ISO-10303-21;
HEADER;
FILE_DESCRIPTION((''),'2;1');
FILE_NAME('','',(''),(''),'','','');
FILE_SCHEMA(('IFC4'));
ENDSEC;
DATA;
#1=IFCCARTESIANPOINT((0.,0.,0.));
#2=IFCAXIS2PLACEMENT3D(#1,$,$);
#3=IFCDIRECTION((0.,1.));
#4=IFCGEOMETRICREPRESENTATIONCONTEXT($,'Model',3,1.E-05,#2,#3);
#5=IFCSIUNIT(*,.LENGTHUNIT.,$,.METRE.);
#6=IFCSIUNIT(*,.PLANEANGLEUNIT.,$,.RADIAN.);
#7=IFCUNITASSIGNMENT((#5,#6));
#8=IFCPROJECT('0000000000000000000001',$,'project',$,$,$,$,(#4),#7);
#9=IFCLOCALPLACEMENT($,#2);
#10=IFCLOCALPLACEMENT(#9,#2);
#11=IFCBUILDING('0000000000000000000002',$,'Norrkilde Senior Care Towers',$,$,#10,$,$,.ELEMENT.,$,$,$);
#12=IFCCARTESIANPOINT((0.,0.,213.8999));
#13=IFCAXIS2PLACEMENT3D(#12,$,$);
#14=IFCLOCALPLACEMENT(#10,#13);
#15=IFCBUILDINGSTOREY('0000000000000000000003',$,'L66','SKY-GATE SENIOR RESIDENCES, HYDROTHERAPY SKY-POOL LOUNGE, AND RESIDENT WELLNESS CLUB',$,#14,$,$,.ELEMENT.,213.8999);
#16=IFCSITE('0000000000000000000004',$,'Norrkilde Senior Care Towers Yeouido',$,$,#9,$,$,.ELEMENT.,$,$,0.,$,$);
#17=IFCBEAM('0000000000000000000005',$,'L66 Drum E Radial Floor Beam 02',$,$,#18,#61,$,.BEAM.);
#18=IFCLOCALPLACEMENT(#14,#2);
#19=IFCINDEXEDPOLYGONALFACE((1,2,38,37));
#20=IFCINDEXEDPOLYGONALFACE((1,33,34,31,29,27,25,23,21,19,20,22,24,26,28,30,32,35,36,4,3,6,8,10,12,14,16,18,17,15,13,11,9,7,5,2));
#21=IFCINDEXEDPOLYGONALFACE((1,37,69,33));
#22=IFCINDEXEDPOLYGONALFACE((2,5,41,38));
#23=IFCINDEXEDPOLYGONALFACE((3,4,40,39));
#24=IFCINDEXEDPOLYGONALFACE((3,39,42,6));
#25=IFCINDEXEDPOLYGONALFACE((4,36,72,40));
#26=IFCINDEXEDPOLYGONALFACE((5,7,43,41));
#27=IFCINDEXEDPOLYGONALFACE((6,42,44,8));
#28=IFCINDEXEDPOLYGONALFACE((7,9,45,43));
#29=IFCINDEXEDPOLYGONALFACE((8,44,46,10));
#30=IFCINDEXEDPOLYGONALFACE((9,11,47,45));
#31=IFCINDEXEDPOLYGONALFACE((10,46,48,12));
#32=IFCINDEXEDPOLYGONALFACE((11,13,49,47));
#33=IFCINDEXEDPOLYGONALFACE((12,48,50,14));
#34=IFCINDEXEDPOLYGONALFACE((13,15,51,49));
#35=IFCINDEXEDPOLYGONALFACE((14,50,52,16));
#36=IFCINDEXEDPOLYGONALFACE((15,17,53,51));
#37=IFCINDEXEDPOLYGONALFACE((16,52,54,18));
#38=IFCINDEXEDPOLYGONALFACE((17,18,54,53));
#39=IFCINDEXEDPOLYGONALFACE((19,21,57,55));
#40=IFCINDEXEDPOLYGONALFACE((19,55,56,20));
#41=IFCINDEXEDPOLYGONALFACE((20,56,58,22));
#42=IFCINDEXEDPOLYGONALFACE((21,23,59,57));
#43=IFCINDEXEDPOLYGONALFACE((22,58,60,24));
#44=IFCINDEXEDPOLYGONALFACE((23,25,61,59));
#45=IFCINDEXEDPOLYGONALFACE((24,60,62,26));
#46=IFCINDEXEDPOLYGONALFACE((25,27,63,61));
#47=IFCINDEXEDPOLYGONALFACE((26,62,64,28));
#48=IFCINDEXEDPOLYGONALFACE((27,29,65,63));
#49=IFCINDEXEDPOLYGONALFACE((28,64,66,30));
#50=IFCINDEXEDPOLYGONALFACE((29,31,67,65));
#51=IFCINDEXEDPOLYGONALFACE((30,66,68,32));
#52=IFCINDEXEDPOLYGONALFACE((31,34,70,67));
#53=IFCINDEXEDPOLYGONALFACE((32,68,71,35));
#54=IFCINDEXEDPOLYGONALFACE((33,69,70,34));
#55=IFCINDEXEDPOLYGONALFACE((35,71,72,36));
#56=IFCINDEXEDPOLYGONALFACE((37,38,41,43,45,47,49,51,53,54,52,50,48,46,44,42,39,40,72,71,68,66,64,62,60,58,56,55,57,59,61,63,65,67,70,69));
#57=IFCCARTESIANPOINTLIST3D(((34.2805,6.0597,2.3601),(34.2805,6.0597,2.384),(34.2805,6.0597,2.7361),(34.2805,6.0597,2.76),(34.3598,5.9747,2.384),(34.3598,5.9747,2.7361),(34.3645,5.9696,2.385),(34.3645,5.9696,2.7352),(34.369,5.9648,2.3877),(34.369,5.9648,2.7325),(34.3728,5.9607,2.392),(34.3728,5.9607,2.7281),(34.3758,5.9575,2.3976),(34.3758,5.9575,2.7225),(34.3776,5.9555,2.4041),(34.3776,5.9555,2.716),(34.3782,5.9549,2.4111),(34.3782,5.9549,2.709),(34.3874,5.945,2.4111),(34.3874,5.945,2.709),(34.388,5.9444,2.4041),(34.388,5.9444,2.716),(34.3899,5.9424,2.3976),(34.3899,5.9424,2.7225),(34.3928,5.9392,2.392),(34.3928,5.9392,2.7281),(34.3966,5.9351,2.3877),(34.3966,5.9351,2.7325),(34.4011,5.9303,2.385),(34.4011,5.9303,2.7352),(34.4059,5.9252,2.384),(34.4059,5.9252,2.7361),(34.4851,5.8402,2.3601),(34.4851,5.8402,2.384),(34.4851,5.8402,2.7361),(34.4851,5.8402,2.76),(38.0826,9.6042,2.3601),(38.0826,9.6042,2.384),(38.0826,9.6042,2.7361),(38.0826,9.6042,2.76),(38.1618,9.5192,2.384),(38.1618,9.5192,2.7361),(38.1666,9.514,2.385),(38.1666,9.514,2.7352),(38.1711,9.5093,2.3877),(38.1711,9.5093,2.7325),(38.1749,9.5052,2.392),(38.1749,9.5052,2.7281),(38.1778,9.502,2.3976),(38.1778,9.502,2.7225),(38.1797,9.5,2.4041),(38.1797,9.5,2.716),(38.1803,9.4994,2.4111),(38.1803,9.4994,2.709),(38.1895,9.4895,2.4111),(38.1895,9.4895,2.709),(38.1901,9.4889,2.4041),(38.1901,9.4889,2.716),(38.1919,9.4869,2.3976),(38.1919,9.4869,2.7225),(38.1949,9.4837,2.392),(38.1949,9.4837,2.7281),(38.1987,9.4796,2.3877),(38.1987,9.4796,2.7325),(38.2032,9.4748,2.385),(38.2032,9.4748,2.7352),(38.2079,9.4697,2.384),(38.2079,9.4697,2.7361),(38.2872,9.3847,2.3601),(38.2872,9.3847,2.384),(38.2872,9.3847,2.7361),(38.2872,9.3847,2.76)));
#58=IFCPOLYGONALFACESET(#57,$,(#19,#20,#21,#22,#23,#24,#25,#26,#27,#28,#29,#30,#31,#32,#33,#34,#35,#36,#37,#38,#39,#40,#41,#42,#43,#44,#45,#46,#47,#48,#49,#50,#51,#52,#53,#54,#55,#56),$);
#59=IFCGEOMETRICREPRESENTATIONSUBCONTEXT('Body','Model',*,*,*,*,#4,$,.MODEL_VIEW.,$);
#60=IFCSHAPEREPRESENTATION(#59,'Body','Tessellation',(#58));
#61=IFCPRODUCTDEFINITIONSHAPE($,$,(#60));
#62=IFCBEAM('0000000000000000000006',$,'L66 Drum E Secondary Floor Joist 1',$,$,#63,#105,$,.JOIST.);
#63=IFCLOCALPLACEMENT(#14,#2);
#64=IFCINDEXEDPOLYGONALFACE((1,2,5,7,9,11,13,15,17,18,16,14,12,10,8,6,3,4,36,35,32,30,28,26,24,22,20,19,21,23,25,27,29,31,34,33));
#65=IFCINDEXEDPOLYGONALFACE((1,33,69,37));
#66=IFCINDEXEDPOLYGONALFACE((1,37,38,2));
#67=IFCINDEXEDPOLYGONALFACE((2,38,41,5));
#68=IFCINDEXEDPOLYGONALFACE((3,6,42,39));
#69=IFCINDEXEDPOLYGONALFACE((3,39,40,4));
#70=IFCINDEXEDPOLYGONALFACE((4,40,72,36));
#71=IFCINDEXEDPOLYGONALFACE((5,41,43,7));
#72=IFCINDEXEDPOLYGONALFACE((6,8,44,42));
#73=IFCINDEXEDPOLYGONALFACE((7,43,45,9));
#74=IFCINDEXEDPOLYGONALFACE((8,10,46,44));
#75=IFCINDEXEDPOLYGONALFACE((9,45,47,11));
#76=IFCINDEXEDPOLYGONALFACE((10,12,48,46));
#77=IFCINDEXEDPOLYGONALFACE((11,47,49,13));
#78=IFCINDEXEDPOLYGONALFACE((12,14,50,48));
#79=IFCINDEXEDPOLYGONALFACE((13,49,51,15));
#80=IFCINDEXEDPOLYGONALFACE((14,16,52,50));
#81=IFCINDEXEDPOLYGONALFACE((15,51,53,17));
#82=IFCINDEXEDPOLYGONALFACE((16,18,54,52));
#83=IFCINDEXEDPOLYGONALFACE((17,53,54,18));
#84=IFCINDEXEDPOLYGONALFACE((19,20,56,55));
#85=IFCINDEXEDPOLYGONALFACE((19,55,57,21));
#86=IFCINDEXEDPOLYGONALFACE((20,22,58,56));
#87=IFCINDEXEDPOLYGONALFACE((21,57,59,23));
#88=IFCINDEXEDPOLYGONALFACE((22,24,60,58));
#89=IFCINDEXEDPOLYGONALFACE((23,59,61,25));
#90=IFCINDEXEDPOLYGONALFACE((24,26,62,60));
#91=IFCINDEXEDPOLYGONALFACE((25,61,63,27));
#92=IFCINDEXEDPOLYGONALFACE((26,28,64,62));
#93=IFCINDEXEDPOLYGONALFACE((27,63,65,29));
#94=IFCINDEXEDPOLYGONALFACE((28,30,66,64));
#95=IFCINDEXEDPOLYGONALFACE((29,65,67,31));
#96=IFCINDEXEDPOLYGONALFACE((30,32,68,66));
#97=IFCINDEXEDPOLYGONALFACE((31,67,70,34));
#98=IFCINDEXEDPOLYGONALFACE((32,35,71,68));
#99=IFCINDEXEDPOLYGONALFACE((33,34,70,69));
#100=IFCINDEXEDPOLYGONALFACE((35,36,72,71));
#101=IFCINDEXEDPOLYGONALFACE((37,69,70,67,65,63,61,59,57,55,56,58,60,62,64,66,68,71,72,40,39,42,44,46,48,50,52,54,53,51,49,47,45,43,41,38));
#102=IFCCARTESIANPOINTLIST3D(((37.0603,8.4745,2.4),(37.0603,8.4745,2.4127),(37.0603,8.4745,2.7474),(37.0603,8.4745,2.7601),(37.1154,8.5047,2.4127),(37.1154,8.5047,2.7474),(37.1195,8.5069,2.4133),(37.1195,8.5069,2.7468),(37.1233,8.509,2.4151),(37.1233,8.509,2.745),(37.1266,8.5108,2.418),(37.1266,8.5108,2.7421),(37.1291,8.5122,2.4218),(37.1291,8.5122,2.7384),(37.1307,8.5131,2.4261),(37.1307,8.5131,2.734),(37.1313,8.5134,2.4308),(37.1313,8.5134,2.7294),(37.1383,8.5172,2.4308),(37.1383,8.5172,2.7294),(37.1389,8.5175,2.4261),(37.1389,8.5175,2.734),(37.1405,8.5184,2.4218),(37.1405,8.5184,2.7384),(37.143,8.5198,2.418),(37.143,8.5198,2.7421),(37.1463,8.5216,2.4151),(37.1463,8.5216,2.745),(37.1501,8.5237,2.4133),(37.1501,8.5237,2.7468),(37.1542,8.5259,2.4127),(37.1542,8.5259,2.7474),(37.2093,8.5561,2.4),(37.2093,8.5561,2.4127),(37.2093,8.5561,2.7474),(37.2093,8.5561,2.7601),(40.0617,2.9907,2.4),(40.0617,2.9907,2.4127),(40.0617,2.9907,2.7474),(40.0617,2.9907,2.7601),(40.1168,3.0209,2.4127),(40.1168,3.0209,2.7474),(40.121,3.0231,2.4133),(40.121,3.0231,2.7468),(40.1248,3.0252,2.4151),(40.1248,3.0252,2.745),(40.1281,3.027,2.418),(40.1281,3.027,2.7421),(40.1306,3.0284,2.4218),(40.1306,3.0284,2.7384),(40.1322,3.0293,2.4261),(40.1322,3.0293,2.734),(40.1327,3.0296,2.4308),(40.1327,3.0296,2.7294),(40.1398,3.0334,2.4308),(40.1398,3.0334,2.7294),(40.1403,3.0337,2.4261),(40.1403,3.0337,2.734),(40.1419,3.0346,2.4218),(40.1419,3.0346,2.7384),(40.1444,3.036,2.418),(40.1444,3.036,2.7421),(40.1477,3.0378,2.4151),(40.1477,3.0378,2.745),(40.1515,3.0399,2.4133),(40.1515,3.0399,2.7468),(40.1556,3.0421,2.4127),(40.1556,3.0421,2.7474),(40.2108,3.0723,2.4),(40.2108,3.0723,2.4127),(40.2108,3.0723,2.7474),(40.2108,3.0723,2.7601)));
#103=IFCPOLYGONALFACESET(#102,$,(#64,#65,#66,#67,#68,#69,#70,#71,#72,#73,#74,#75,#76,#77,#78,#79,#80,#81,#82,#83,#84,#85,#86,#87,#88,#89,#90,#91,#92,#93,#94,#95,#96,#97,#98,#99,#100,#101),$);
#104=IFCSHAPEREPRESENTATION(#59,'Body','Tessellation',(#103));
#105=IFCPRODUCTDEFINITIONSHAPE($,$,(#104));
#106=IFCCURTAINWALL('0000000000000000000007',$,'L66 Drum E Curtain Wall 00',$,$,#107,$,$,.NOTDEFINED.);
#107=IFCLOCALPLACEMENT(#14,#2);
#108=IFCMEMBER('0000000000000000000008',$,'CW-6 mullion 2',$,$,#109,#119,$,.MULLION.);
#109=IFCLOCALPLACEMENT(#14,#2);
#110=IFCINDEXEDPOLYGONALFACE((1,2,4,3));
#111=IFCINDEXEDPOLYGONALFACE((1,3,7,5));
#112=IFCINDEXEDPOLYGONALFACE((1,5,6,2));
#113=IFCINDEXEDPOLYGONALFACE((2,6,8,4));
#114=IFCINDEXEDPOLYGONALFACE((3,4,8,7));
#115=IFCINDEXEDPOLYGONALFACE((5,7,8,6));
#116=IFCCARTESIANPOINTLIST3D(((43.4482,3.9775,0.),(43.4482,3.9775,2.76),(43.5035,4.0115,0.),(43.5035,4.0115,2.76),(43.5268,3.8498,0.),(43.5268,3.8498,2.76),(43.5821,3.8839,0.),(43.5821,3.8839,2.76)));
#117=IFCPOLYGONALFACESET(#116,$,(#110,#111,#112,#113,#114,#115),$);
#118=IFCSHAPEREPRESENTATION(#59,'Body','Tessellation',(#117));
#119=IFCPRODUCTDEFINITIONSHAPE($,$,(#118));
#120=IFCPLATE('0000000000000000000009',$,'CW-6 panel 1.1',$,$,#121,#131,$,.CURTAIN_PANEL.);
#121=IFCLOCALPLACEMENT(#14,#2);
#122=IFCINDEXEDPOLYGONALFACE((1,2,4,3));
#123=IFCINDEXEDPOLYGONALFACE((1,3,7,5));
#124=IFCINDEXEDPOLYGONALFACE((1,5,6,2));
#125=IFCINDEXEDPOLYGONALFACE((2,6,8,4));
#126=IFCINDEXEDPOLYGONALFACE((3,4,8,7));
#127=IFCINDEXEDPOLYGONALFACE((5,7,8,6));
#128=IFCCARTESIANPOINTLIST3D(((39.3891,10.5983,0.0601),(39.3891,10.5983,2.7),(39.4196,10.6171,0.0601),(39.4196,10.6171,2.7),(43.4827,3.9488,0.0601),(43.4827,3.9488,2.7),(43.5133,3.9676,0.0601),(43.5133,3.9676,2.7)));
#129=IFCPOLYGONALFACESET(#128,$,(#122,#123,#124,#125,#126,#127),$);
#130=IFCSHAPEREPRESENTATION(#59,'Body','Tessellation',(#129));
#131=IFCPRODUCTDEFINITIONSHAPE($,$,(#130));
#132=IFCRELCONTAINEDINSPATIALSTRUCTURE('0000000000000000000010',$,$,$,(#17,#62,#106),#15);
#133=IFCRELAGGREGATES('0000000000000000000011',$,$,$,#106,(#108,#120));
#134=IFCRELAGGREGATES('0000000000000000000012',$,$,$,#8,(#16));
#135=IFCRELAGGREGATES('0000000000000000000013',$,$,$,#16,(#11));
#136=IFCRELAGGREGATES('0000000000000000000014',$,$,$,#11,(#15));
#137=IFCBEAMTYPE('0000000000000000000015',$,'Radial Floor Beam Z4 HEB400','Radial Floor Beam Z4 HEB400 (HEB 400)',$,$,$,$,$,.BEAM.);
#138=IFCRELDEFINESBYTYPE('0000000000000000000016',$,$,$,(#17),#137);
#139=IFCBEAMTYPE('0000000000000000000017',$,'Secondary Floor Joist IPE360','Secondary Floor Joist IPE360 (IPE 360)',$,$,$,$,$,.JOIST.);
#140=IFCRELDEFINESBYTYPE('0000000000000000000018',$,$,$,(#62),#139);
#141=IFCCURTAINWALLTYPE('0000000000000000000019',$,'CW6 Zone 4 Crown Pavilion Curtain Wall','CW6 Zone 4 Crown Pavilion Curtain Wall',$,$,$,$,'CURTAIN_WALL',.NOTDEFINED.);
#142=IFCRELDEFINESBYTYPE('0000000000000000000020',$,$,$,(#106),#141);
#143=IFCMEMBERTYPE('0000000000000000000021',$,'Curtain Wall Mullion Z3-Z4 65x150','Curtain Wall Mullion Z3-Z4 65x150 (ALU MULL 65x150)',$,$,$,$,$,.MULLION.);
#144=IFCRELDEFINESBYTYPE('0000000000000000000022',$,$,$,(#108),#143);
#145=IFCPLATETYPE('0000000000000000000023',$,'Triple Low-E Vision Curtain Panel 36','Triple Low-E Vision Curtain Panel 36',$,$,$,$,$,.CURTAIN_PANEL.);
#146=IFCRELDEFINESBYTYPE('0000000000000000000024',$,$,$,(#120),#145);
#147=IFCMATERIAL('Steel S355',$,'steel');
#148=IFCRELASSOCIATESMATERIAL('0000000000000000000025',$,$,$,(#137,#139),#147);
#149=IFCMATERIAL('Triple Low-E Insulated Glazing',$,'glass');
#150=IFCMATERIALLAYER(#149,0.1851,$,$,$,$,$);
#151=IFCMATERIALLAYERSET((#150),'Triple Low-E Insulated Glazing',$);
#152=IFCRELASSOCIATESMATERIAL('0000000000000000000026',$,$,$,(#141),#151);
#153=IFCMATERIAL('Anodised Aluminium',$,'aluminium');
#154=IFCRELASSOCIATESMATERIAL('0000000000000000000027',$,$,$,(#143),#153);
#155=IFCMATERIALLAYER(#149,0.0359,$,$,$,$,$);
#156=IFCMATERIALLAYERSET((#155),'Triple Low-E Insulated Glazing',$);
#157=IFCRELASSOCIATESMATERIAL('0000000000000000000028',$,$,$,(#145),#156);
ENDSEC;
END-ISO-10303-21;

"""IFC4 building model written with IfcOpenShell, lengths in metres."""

from ifc_helpers import new_model, si_unit, direction, frame, origin, origin_2d, place, context, subcontext, project, spatial, rectangle, i_section, extrude, source, transform, mapped, material, layer, layer_set, material_profile, profile_set, type_object, type_shapes, element, aggregate, save


model = new_model("IFC4")

# Units and contexts
model_context = context("Model", 3, precision=1e-05, world=origin(), true_north=direction((0.0, 1.0)))
body_context = subcontext(model_context, "Body", "Model", "MODEL_VIEW")
ifc_project = project(units=[si_unit("LENGTHUNIT", "METRE"), si_unit("PLANEANGLEUNIT", "RADIAN")], contexts=[model_context])

# Site, building, storey
site_placement = place(None, origin())
site = spatial("IfcSite", under=ifc_project, at=site_placement, Name="Norrkilde Senior Care Towers Yeouido", CompositionType="ELEMENT", RefElevation=0.0)
building_placement = place(site_placement, origin())
building = spatial("IfcBuilding", under=site, at=building_placement, Name="Norrkilde Senior Care Towers", CompositionType="ELEMENT")
storey_placement = place(building_placement, frame((0.0, 0.0, 213.8999)))
storey = spatial("IfcBuildingStorey", under=building, at=storey_placement, Name="L66", Description="SKY-GATE SENIOR RESIDENCES, HYDROTHERAPY SKY-POOL LOUNGE, AND RESIDENT WELLNESS CLUB", CompositionType="ELEMENT", Elevation=213.8999)

# Beams
ifc_material_1 = material(Name="Steel S355", Category="steel")
ifc_material_profile_1 = material_profile(ifc_material_1, i_section(OverallWidth=0.3, OverallDepth=0.3999, WebThickness=0.0134, FlangeThickness=0.0239, FilletRadius=0.0271, at=origin_2d()), Name="HEB 400")
ifc_profile_set_1 = profile_set([ifc_material_profile_1], Name="Steel S355")
beam_type_1 = type_object("IfcBeamType", Name="Radial Floor Beam Z4 HEB400", Description="Radial Floor Beam Z4 HEB400 (HEB 400)", PredefinedType="BEAM", material=ifc_profile_set_1)
shared_shape_1 = source(origin(), body_context, "Body", "SweptSolid", [
    extrude(i_section(OverallWidth=0.3, OverallDepth=0.3999, WebThickness=0.0134, FlangeThickness=0.0239, FilletRadius=0.0271, at=origin_2d()), origin(), (0.0, 0.0, 1.0), 5.198),
])
beam_1_placement = place(storey_placement, frame((34.3828, 5.95, 2.5601), z_axis=(0.731449, 0.681896, 0.0), x_axis=(-0.681896, 0.731449, 0.0)))
element("IfcBeam", 1, at=beam_1_placement, inside=storey, type_object=beam_type_1, Name="L66 Drum E Radial Floor Beam 02", PredefinedType="BEAM", context=body_context, shape_type="MappedRepresentation", body=[
    mapped(shared_shape_1, transform((0.0, 0.0, 0.0), x_axis=(1.0, 0.0, 0.0), y_axis=(0.0, 1.0, 0.0), z_axis=(0.0, 0.0, 1.0), scale=1.0)),
])
ifc_material_profile_2 = material_profile(ifc_material_1, i_section(OverallWidth=0.1699, OverallDepth=0.3601, WebThickness=0.0081, FlangeThickness=0.0127, FilletRadius=0.0181, at=origin_2d()), Name="IPE 360")
ifc_profile_set_2 = profile_set([ifc_material_profile_2], Name="Steel S355")
beam_type_2 = type_object("IfcBeamType", Name="Secondary Floor Joist IPE360", Description="Secondary Floor Joist IPE360 (IPE 360)", PredefinedType="JOIST", material=ifc_profile_set_2)
shared_shape_2 = source(origin(), body_context, "Body", "SweptSolid", [
    extrude(i_section(OverallWidth=0.1699, OverallDepth=0.3601, WebThickness=0.0081, FlangeThickness=0.0127, FilletRadius=0.0181, at=origin_2d()), origin(), (0.0, 0.0, 1.0), 6.2515),
])
type_shapes(beam_type_2, [shared_shape_2])
beam_2_placement = place(storey_placement, frame((40.1362, 3.0315, 2.5801), z_axis=(-0.480116, 0.877205, 0.0), x_axis=(-0.877205, -0.480116, 0.0)))
element("IfcBeam", 2, at=beam_2_placement, inside=storey, type_object=beam_type_2, Name="L66 Drum E Secondary Floor Joist 1", PredefinedType="JOIST", context=body_context, shape_type="MappedRepresentation", body=[
    mapped(shared_shape_2, transform((0.0, 0.0, 0.0), x_axis=(1.0, 0.0, 0.0), y_axis=(0.0, 1.0, 0.0), z_axis=(0.0, 0.0, 1.0), scale=1.0)),
])

# Curtain wall, member, plate
ifc_material_2 = material(Name="Triple Low-E Insulated Glazing", Category="glass")
ifc_layer_1 = layer(ifc_material_2, 0.1851)
ifc_layer_set_1 = layer_set([ifc_layer_1], Name="Triple Low-E Insulated Glazing")
curtain_wall_type = type_object("IfcCurtainWallType", Name="CW6 Zone 4 Crown Pavilion Curtain Wall", Description="CW6 Zone 4 Crown Pavilion Curtain Wall", ElementType="CURTAIN_WALL", PredefinedType="NOTDEFINED", material=ifc_layer_set_1)
curtain_wall_placement = place(storey_placement, origin())
curtain_wall = element("IfcCurtainWall", 3, at=curtain_wall_placement, inside=storey, type_object=curtain_wall_type, Name="L66 Drum E Curtain Wall 00", PredefinedType="NOTDEFINED")
ifc_material_3 = material(Name="Anodised Aluminium", Category="aluminium")
ifc_material_profile_3 = material_profile(ifc_material_3, rectangle(XDim=0.0649, YDim=0.1499, at=origin_2d()), Name="ALU MULL 65x150")
ifc_profile_set_3 = profile_set([ifc_material_profile_3], Name="Anodised Aluminium")
member_type = type_object("IfcMemberType", Name="Curtain Wall Mullion Z3-Z4 65x150", Description="Curtain Wall Mullion Z3-Z4 65x150 (ALU MULL 65x150)", PredefinedType="MULLION", material=ifc_profile_set_3)
shared_shape_3 = source(origin(), body_context, "Body", "SweptSolid", [
    extrude(rectangle(XDim=0.0649, YDim=0.1499, at=origin_2d()), origin(), (0.0, 0.0, 1.0), 2.76),
])
type_shapes(member_type, [shared_shape_3])
member_placement = place(storey_placement, frame((43.5151, 3.9307, 0.0), z_axis=(0.0, 0.0, 1.0), x_axis=(0.851563, 0.524253, 0.0)))
member = element("IfcMember", 4, at=member_placement, type_object=member_type, Name="CW-6 mullion 2", PredefinedType="MULLION", context=body_context, shape_type="MappedRepresentation", body=[
    mapped(shared_shape_3, transform((0.0, 0.0, 0.0), x_axis=(1.0, 0.0, 0.0), y_axis=(0.0, 1.0, 0.0), z_axis=(0.0, 0.0, 1.0), scale=1.0)),
])
ifc_layer_2 = layer(ifc_material_2, 0.0359)
ifc_layer_set_2 = layer_set([ifc_layer_2], Name="Triple Low-E Insulated Glazing")
plate_type = type_object("IfcPlateType", Name="Triple Low-E Vision Curtain Panel 36", Description="Triple Low-E Vision Curtain Panel 36", PredefinedType="CURTAIN_PANEL", material=ifc_layer_set_2)
shared_shape_4 = source(origin(), body_context, "Body", "SweptSolid", [
    extrude(rectangle(XDim=7.8086, YDim=0.0359, at=origin_2d()), origin(), (0.0, 0.0, 1.0), 2.6399),
])
type_shapes(plate_type, [shared_shape_4])
plate_placement = place(storey_placement, frame((41.4512, 7.283, 0.0601), z_axis=(0.0, 0.0, 1.0), x_axis=(0.524253, -0.851563, 0.0)))
plate = element("IfcPlate", 5, at=plate_placement, type_object=plate_type, Name="CW-6 panel 1.1", PredefinedType="CURTAIN_PANEL", context=body_context, shape_type="MappedRepresentation", body=[
    mapped(shared_shape_4, transform((0.0, 0.0, 0.0), x_axis=(1.0, 0.0, 0.0), y_axis=(0.0, 1.0, 0.0), z_axis=(0.0, 0.0, 1.0), scale=1.0)),
])
aggregate(curtain_wall, [member, plate])

save(model, "model.ifc")
